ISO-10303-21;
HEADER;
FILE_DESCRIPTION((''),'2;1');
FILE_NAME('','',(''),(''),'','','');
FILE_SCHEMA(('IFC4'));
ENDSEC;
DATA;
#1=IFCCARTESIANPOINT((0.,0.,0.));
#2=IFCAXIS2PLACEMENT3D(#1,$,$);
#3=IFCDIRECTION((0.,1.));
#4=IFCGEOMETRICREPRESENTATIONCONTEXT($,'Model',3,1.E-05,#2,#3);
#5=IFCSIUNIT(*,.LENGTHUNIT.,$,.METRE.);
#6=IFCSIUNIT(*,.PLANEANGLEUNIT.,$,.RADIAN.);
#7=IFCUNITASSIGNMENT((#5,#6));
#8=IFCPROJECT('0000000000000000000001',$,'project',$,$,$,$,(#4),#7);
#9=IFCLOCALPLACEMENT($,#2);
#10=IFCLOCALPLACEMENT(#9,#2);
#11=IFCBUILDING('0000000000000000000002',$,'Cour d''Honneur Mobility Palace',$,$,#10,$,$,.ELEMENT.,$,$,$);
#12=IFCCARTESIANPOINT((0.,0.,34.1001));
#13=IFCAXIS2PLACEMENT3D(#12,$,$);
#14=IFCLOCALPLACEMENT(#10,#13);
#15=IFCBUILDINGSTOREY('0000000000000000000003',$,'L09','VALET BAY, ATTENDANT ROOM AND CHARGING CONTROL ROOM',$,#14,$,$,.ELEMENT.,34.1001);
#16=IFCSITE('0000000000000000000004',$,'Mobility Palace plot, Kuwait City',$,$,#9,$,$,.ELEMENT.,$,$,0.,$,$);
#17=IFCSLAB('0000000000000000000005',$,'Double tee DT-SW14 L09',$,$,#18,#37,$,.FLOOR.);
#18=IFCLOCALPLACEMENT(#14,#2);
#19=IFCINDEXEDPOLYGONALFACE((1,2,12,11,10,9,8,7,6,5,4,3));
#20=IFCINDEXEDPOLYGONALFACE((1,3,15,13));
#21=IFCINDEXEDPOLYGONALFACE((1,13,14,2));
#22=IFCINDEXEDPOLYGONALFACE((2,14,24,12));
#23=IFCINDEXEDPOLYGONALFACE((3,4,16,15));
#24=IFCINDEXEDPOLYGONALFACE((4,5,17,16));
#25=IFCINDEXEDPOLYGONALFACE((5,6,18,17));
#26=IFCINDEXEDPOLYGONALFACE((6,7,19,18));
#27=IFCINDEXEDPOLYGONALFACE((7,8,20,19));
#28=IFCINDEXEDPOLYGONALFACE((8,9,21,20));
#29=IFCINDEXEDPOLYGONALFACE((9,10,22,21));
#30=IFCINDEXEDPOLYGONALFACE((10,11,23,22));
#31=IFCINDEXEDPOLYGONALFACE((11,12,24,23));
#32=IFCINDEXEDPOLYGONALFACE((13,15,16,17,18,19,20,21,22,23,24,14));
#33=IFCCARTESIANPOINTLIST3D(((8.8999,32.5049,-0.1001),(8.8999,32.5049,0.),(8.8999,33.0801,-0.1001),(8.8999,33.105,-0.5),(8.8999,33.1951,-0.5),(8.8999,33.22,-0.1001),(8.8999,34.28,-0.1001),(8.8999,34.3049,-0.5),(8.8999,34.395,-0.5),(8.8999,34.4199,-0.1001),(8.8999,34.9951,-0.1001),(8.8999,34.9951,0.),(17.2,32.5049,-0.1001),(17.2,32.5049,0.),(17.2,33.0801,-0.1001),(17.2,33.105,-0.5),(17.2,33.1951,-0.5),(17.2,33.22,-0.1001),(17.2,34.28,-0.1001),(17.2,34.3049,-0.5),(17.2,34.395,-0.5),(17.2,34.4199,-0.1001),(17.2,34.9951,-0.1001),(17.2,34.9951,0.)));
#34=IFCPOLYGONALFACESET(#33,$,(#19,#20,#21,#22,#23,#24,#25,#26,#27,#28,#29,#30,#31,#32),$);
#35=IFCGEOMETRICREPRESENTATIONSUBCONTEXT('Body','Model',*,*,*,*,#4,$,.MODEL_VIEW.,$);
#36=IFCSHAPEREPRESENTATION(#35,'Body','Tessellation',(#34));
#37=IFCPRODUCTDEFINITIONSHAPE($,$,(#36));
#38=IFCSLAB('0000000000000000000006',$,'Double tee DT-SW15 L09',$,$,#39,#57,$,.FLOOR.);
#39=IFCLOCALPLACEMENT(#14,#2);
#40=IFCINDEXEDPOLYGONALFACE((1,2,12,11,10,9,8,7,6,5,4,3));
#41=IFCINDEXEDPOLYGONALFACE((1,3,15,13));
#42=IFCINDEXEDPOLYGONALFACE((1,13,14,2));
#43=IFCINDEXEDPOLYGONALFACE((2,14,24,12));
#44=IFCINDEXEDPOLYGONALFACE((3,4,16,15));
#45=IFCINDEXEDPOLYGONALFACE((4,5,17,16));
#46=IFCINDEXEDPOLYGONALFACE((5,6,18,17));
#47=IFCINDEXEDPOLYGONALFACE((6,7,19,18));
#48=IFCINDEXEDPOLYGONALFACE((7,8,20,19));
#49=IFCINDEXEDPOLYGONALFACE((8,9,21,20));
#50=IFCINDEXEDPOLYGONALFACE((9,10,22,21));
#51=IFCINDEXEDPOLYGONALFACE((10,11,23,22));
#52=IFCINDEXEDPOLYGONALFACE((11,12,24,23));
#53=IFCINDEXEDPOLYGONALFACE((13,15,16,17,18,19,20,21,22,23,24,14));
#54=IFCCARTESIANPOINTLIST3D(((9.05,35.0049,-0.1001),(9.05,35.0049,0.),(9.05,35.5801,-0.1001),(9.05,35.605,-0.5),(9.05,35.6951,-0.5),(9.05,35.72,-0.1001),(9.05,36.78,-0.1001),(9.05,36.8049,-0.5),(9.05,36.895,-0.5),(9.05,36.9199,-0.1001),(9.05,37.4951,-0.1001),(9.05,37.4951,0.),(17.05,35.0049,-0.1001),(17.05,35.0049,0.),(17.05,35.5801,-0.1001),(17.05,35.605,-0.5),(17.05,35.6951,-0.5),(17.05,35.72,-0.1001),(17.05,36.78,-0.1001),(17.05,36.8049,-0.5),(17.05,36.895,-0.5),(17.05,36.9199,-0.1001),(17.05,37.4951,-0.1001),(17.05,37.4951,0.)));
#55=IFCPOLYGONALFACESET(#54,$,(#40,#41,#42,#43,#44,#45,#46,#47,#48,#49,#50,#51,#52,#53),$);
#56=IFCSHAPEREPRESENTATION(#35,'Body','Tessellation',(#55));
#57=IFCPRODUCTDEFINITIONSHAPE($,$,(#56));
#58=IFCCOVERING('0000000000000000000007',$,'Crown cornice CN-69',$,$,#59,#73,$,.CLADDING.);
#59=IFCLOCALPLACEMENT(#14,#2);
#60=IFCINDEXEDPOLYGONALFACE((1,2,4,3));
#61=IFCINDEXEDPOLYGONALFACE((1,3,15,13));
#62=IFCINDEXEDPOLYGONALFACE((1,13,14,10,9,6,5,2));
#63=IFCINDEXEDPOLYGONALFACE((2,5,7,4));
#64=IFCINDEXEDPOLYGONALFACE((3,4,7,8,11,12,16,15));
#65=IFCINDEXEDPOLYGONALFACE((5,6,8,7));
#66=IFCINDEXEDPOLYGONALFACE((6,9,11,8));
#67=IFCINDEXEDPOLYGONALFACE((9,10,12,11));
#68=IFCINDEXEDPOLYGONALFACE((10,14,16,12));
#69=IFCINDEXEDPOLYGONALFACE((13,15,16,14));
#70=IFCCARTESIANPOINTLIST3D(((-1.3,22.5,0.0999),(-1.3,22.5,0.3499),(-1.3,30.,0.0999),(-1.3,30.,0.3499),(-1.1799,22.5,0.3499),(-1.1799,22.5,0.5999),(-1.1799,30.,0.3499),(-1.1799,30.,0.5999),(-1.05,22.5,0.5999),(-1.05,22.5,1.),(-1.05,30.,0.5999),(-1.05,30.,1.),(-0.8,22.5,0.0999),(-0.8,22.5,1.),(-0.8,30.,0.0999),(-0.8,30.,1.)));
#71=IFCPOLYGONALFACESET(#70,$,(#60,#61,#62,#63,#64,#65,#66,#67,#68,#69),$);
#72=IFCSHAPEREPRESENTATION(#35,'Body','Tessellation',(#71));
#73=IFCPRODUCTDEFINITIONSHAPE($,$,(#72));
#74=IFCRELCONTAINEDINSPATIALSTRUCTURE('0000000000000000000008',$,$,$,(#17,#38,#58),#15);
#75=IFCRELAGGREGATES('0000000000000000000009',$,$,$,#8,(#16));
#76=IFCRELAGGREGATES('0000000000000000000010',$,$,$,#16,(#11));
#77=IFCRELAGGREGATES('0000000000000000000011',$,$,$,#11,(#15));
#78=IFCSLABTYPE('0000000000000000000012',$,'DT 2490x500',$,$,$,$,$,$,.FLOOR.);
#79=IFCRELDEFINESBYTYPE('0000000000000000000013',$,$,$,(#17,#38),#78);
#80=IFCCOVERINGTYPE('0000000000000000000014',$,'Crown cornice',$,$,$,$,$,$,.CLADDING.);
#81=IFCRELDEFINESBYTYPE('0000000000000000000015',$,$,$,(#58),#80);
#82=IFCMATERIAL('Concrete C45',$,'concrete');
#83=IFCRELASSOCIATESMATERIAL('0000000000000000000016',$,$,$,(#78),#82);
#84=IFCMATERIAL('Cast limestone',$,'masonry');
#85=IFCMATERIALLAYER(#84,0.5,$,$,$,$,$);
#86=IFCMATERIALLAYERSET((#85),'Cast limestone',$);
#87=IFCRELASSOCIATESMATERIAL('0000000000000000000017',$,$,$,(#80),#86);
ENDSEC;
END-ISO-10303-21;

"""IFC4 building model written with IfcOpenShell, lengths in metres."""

from ifc_helpers import new_model, si_unit, direction, frame, origin, place, context, subcontext, project, spatial, polyline, outline, extrude, material, layer, layer_set, material_profile, profile_set, type_object, element, save


model = new_model("IFC4")

# Units and contexts
model_context = context("Model", 3, precision=1e-05, world=origin(), true_north=direction((0.0, 1.0)))
body_context = subcontext(model_context, "Body", "Model", "MODEL_VIEW")
ifc_project = project(units=[si_unit("LENGTHUNIT", "METRE"), si_unit("PLANEANGLEUNIT", "RADIAN")], contexts=[model_context])

# Site, building, storey
site_placement = place(None, origin())
site = spatial("IfcSite", under=ifc_project, at=site_placement, Name="Mobility Palace plot, Kuwait City", CompositionType="ELEMENT", RefElevation=0.0)
building_placement = place(site_placement, origin())
building = spatial("IfcBuilding", under=site, at=building_placement, Name="Cour d'Honneur Mobility Palace", CompositionType="ELEMENT")
storey_placement = place(building_placement, frame((0.0, 0.0, 34.1001)))
storey = spatial("IfcBuildingStorey", under=building, at=storey_placement, Name="L09", Description="VALET BAY, ATTENDANT ROOM AND CHARGING CONTROL ROOM", CompositionType="ELEMENT", Elevation=34.1001)

# Slabs
ifc_material_1 = material(Name="Concrete C45", Category="concrete")
ifc_material_profile_1 = material_profile(ifc_material_1, outline(polyline([(-1.2451, 0.0), (1.2451, 0.0), (1.2451, -0.1001), (0.6699, -0.1001), (0.645, -0.5), (0.5549, -0.5), (0.53, -0.1001), (-0.53, -0.1001), (-0.5549, -0.5), (-0.645, -0.5), (-0.6699, -0.1001), (-1.2451, -0.1001), (-1.2451, 0.0)])), Name="DT 2490x500")
ifc_profile_set_1 = profile_set([ifc_material_profile_1], Name="Concrete C45")
slab_type = type_object("IfcSlabType", Name="DT 2490x500", PredefinedType="FLOOR", material=ifc_profile_set_1)
slab_1_placement = place(storey_placement, frame((8.8999, 33.75, 0.0), z_axis=(1.0, 0.0, 0.0), x_axis=(0.0, 1.0, 0.0)))
element("IfcSlab", 1, at=slab_1_placement, inside=storey, type_object=slab_type, Name="Double tee DT-SW14 L09", PredefinedType="FLOOR", context=body_context, shape_type="SweptSolid", body=[
    extrude(outline(polyline([(-1.2451, 0.0), (1.2451, 0.0), (1.2451, -0.1001), (0.6699, -0.1001), (0.645, -0.5), (0.5549, -0.5), (0.53, -0.1001), (-0.53, -0.1001), (-0.5549, -0.5), (-0.645, -0.5), (-0.6699, -0.1001), (-1.2451, -0.1001), (-1.2451, 0.0)])), origin(), (0.0, 0.0, 1.0), 8.3),
])
slab_2_placement = place(storey_placement, frame((9.05, 36.25, 0.0), z_axis=(1.0, 0.0, 0.0), x_axis=(0.0, 1.0, 0.0)))
element("IfcSlab", 2, at=slab_2_placement, inside=storey, type_object=slab_type, Name="Double tee DT-SW15 L09", PredefinedType="FLOOR", context=body_context, shape_type="SweptSolid", body=[
    extrude(outline(polyline([(-1.2451, 0.0), (1.2451, 0.0), (1.2451, -0.1001), (0.6699, -0.1001), (0.645, -0.5), (0.5549, -0.5), (0.53, -0.1001), (-0.53, -0.1001), (-0.5549, -0.5), (-0.645, -0.5), (-0.6699, -0.1001), (-1.2451, -0.1001), (-1.2451, 0.0)])), origin(), (0.0, 0.0, 1.0), 8.0),
])

# Covering
ifc_material_2 = material(Name="Cast limestone", Category="masonry")
ifc_layer_1 = layer(ifc_material_2, 0.5)
ifc_layer_set_1 = layer_set([ifc_layer_1], Name="Cast limestone")
covering_type_1 = type_object("IfcCoveringType", Name="Crown cornice", PredefinedType="CLADDING", material=ifc_layer_set_1)
covering_1_placement = place(storey_placement, frame((-0.8, 30.0, 0.0999), z_axis=(0.0, 1.0, 0.0), x_axis=(-1.0, 0.0, 0.0)))
element("IfcCovering", 3, at=covering_1_placement, inside=storey, type_object=covering_type_1, Name="Crown cornice CN-69", PredefinedType="CLADDING", context=body_context, shape_type="SweptSolid", body=[
    extrude(outline(polyline([(0.0, 0.0), (0.5, 0.0), (0.5, 0.25), (0.3799, 0.25), (0.3799, 0.5), (0.25, 0.5), (0.25, 0.9001), (0.0, 0.9001), (0.0, 0.0)])), origin(), (0.0, 0.0, -1.0), 7.5),
])

save(model, "model.ifc")
